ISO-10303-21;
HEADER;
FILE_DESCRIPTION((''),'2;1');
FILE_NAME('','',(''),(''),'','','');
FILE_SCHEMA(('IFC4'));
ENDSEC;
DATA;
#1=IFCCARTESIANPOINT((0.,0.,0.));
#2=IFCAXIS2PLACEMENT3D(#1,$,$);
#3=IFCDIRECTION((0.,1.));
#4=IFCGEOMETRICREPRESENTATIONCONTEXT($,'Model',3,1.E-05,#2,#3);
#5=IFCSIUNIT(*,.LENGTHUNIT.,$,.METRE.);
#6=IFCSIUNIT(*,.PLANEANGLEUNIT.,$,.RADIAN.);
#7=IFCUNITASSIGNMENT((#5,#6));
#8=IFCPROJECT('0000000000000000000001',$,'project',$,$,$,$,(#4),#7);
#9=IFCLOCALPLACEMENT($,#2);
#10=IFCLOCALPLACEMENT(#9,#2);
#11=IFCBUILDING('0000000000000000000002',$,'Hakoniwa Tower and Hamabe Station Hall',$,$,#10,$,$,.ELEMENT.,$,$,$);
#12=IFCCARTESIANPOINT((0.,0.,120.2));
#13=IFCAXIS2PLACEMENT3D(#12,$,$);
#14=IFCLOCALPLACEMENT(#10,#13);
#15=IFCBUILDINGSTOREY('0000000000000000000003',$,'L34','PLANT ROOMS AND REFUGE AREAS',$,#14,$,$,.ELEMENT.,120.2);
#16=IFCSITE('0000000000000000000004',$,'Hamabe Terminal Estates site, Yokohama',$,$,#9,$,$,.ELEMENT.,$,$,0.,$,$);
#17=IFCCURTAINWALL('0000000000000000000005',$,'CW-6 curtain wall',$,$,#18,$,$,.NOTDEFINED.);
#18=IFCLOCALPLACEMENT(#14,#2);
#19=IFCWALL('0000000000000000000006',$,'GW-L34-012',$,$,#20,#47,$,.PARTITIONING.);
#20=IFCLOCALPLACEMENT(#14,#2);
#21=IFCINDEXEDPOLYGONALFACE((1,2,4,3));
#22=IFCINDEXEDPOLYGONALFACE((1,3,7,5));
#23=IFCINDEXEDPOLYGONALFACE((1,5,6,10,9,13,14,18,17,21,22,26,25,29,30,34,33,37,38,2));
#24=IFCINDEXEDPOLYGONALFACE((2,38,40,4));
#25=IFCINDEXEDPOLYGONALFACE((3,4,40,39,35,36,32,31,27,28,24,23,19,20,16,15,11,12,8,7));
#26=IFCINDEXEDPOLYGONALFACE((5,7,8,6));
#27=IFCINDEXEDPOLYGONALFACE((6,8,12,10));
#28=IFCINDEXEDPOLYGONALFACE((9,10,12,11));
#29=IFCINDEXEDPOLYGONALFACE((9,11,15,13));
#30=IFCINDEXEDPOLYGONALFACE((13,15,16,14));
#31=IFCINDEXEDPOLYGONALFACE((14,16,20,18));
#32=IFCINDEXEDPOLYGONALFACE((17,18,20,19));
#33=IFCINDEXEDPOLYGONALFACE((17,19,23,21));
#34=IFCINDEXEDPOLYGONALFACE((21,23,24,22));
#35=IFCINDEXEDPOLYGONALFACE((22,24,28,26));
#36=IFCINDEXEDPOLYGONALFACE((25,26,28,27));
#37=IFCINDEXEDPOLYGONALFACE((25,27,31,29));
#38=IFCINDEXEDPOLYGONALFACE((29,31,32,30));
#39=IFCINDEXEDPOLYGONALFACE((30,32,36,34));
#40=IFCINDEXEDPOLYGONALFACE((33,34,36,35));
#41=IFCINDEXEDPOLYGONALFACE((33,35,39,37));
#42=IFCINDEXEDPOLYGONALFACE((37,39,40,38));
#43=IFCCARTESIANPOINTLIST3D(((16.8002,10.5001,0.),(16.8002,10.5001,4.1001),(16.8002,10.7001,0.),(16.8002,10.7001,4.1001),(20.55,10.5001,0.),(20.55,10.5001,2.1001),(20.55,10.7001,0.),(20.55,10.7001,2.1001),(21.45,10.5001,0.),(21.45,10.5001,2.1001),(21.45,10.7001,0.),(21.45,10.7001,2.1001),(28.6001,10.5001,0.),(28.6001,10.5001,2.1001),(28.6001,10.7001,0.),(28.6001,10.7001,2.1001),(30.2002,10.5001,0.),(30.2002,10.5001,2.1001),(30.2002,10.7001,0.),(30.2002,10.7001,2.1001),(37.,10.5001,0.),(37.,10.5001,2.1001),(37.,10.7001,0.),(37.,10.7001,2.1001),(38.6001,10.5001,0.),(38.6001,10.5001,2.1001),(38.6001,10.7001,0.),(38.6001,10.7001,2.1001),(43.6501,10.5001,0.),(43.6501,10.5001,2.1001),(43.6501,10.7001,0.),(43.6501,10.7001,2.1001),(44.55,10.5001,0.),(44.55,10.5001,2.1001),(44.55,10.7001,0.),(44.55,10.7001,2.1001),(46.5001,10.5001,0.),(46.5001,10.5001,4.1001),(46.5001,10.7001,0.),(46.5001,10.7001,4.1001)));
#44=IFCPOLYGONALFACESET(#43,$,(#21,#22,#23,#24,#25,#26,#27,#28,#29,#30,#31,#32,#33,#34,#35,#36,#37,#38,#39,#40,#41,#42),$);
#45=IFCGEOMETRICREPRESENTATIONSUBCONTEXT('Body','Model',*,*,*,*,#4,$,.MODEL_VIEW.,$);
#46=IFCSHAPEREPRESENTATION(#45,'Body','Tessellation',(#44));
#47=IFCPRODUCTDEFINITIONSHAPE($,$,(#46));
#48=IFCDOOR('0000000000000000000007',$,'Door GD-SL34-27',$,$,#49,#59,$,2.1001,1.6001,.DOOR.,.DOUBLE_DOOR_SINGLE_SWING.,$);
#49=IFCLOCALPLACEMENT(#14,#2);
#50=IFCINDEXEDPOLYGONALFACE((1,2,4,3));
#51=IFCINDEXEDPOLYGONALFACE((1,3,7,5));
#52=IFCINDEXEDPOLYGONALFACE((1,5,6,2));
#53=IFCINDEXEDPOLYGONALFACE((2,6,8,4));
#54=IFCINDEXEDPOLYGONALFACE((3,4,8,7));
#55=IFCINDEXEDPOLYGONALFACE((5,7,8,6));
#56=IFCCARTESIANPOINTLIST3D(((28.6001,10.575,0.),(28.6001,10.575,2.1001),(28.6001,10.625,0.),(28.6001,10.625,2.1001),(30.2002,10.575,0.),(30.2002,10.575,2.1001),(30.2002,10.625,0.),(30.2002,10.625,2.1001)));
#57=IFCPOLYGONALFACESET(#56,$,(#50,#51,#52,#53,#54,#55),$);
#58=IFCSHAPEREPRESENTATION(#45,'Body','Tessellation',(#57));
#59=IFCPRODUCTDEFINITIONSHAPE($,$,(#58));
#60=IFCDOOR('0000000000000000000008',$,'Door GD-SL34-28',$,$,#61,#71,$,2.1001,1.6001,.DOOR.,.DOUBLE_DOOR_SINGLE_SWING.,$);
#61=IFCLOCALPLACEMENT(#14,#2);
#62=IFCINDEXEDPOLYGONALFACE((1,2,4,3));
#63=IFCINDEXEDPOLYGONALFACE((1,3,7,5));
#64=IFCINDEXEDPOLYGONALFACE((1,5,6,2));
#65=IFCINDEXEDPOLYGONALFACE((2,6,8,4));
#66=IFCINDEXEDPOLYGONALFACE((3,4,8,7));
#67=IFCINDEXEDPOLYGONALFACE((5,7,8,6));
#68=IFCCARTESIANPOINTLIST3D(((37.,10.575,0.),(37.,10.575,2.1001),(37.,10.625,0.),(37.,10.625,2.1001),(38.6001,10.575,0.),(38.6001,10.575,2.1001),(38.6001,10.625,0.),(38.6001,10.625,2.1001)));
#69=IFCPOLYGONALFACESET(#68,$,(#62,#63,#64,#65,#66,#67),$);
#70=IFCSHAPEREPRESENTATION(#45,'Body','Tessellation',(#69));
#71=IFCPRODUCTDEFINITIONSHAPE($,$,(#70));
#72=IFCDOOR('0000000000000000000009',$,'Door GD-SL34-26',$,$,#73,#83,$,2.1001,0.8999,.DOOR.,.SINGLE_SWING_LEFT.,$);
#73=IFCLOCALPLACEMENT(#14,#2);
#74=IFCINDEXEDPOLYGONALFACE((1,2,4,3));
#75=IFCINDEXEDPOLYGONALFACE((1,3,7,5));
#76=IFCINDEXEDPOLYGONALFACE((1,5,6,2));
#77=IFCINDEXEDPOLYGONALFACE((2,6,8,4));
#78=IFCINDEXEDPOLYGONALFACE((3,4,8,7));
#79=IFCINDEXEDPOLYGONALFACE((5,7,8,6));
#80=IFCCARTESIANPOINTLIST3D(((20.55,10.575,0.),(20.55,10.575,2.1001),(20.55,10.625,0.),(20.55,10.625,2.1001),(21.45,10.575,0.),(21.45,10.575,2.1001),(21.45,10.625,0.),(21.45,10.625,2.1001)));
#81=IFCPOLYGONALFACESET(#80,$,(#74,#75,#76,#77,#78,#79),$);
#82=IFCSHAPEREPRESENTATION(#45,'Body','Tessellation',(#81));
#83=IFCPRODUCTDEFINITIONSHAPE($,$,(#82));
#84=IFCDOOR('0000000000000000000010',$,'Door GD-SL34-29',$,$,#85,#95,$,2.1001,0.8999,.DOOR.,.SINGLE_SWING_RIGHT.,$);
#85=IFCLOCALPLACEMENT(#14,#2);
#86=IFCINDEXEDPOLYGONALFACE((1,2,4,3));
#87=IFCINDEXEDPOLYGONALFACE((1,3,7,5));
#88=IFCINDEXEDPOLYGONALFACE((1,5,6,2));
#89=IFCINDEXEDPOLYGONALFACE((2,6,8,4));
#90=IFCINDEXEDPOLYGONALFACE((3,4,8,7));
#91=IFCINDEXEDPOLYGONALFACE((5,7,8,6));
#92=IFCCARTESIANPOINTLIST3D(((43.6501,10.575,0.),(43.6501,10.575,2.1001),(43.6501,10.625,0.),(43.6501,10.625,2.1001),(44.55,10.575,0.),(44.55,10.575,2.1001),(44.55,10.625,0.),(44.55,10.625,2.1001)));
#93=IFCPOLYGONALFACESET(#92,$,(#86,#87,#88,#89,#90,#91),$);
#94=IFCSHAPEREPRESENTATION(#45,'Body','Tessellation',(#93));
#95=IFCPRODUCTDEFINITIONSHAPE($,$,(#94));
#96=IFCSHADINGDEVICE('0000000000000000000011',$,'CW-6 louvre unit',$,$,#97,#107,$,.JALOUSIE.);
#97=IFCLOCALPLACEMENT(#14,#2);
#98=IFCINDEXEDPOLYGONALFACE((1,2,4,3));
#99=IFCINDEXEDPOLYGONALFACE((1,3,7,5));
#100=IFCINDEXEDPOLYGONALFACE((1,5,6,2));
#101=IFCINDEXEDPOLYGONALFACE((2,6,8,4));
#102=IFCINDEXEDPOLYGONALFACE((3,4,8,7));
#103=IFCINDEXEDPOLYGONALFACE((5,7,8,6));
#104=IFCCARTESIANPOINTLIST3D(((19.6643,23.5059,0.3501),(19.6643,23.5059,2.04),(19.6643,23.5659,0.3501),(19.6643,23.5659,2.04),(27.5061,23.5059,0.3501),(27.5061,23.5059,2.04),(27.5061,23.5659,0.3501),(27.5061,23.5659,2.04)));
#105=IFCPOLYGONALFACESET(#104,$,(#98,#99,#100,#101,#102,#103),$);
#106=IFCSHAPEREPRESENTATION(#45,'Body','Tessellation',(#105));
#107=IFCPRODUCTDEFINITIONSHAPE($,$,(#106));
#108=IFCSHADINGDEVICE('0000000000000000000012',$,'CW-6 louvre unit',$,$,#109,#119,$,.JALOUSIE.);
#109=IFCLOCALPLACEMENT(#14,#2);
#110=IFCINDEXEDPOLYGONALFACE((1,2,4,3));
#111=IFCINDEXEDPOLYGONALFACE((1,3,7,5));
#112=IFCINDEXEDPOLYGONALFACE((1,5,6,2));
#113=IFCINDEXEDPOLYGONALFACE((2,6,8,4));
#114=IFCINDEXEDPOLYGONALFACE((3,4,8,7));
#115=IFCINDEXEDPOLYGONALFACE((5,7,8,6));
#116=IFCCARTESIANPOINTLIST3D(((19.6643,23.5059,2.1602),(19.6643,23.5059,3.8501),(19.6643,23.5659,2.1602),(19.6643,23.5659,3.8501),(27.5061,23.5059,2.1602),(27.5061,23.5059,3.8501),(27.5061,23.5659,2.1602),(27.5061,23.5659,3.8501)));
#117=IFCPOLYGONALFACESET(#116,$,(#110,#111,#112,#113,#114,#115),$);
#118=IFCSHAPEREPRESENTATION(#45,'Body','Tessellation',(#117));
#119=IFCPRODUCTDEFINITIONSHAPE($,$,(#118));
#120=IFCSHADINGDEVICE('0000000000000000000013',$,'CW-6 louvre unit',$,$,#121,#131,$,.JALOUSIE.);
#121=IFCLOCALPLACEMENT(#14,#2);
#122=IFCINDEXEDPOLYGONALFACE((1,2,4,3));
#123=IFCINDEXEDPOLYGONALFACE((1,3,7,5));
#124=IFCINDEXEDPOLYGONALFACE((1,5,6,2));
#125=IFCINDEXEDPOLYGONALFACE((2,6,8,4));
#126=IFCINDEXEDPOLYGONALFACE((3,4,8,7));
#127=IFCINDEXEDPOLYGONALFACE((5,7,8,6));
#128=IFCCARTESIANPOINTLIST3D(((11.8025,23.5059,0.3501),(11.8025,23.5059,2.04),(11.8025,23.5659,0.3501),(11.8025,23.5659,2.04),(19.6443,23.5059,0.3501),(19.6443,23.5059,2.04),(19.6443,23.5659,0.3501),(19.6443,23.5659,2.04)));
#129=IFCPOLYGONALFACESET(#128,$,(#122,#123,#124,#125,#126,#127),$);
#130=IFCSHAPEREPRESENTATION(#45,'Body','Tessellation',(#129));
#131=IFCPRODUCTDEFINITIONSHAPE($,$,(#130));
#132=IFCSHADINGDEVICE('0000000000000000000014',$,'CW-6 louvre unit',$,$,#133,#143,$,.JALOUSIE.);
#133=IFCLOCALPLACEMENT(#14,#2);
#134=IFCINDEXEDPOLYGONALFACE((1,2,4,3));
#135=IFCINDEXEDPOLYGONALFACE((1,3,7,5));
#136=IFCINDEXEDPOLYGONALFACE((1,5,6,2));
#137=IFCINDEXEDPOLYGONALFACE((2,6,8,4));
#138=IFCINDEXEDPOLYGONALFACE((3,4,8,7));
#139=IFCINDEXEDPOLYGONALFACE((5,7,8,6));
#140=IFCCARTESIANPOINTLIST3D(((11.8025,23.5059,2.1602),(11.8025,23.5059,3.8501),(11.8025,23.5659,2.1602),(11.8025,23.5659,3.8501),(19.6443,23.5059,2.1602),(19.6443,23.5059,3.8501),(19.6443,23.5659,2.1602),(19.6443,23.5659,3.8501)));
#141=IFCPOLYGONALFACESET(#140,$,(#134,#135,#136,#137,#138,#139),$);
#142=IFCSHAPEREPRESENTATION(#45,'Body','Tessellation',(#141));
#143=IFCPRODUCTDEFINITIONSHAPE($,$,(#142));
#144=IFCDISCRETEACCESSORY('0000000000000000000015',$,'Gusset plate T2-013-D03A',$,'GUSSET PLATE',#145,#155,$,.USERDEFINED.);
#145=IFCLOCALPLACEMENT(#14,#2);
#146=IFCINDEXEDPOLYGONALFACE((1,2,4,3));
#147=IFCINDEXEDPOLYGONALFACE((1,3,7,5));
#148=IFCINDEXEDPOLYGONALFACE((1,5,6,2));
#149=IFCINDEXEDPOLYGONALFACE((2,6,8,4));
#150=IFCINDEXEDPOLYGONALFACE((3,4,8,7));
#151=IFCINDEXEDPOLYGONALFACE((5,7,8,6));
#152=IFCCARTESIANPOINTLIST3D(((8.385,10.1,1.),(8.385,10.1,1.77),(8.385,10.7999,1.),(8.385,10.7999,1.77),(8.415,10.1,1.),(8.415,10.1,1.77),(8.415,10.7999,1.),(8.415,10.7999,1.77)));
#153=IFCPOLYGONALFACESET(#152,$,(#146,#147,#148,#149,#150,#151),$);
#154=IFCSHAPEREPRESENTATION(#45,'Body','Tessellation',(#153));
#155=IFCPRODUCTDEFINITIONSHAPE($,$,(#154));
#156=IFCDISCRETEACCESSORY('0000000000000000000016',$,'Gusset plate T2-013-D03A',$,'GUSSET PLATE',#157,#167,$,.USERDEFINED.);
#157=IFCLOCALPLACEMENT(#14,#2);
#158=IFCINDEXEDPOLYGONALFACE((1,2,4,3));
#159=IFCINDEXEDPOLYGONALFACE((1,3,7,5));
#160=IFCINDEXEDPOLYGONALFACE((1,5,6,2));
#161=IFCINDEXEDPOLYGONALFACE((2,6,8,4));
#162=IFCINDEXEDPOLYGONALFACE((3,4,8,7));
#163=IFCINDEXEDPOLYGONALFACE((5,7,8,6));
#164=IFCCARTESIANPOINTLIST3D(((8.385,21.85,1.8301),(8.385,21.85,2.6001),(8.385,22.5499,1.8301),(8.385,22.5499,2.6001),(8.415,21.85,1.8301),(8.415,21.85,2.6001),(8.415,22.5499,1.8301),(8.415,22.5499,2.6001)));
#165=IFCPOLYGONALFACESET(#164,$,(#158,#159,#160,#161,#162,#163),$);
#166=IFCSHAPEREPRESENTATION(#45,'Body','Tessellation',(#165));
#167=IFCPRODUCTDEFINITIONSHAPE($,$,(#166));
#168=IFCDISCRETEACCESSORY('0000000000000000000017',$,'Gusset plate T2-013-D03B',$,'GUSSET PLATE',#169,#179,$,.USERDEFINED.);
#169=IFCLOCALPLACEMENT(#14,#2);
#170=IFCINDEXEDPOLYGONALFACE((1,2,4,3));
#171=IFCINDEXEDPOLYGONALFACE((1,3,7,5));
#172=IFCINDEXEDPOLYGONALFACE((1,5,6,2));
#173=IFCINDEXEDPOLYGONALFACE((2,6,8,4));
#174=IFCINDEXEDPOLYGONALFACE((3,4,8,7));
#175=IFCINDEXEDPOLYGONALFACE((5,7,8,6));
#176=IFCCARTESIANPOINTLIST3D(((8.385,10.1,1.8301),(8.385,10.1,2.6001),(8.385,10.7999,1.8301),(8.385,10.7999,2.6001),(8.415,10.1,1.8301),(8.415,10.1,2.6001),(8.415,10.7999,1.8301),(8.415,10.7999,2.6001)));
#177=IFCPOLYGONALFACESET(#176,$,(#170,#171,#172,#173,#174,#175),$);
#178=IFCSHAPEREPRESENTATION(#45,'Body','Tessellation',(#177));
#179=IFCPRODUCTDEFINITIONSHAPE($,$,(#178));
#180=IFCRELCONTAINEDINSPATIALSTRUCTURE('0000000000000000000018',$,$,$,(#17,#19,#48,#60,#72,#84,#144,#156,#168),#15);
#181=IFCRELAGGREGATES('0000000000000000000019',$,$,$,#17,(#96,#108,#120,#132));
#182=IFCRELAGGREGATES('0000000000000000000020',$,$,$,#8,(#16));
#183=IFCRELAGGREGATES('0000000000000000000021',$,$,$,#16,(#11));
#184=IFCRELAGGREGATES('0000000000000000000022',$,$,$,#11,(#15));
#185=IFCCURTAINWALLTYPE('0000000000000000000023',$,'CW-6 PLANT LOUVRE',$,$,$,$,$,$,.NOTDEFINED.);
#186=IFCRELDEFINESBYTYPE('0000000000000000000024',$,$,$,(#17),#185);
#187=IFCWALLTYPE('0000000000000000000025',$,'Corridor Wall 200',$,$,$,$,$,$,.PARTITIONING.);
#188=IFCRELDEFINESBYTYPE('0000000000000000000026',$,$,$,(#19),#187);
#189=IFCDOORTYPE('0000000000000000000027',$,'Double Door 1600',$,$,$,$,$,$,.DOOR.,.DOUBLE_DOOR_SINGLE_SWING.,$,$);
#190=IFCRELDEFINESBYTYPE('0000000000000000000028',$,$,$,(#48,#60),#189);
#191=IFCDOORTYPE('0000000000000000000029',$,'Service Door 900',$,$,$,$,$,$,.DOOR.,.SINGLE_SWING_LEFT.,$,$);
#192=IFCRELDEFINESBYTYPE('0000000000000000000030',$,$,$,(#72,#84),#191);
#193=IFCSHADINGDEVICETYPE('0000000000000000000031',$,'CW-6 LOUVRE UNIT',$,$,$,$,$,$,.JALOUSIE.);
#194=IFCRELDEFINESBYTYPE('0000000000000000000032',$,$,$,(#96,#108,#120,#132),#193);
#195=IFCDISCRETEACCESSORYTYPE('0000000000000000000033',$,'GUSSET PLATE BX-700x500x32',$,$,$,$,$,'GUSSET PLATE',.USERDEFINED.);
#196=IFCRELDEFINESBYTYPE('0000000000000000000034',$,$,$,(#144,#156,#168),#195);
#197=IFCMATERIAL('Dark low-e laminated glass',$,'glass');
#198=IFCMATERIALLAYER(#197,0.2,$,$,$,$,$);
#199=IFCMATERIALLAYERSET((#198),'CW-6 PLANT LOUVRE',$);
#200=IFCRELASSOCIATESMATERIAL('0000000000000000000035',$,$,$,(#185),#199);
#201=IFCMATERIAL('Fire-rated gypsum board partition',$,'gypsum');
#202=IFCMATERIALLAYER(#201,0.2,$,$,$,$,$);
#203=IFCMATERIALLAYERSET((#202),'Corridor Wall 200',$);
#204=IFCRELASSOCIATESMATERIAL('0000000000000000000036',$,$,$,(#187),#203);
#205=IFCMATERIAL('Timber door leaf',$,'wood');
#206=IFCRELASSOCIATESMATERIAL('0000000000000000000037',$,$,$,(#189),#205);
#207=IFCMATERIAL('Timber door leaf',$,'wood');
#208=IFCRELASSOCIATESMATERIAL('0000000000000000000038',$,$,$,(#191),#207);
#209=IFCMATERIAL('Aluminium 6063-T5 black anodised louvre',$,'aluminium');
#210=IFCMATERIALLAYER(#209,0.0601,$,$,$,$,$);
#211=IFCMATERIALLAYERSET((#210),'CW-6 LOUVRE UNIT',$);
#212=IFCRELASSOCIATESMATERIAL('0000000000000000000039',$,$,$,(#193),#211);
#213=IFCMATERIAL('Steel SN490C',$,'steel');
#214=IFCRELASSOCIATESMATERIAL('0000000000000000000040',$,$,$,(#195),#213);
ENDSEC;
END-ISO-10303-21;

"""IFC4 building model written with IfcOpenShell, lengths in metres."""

from ifc_helpers import new_model, si_unit, direction, frame, frame_2d, origin, origin_2d, place, context, subcontext, project, spatial, rectangle, extrude, material, layer, layer_set, material_profile, profile_set, type_object, element, fill, aggregate, save


model = new_model("IFC4")

# Units and contexts
model_context = context("Model", 3, precision=1e-05, world=origin(), true_north=direction((0.0, 1.0)))
body_context = subcontext(model_context, "Body", "Model", "MODEL_VIEW")
ifc_project = project(units=[si_unit("LENGTHUNIT", "METRE"), si_unit("PLANEANGLEUNIT", "RADIAN")], contexts=[model_context])

# Site, building, storey
site_placement = place(None, origin())
site = spatial("IfcSite", under=ifc_project, at=site_placement, Name="Hamabe Terminal Estates site, Yokohama", CompositionType="ELEMENT", RefElevation=0.0)
building_placement = place(site_placement, origin())
building = spatial("IfcBuilding", under=site, at=building_placement, Name="Hakoniwa Tower and Hamabe Station Hall", CompositionType="ELEMENT")
storey_placement = place(building_placement, frame((0.0, 0.0, 120.2)))
storey = spatial("IfcBuildingStorey", under=building, at=storey_placement, Name="L34", Description="PLANT ROOMS AND REFUGE AREAS", CompositionType="ELEMENT", Elevation=120.2)

# Curtain wall
ifc_material_1 = material(Name="Dark low-e laminated glass", Category="glass")
ifc_layer_1 = layer(ifc_material_1, 0.2)
ifc_layer_set_1 = layer_set([ifc_layer_1], Name="CW-6 PLANT LOUVRE")
curtain_wall_type = type_object("IfcCurtainWallType", Name="CW-6 PLANT LOUVRE", PredefinedType="NOTDEFINED", material=ifc_layer_set_1)
curtain_wall_placement = place(storey_placement, origin())
curtain_wall = element("IfcCurtainWall", 1, at=curtain_wall_placement, inside=storey, type_object=curtain_wall_type, Name="CW-6 curtain wall", PredefinedType="NOTDEFINED")

# Wall, openings, doors
ifc_material_2 = material(Name="Fire-rated gypsum board partition", Category="gypsum")
ifc_layer_2 = layer(ifc_material_2, 0.2)
ifc_layer_set_2 = layer_set([ifc_layer_2], Name="Corridor Wall 200")
wall_type = type_object("IfcWallType", Name="Corridor Wall 200", PredefinedType="PARTITIONING", material=ifc_layer_set_2)
wall_placement = place(storey_placement, frame((16.8, 10.6001, 0.0), z_axis=(0.0, 0.0, 1.0), x_axis=(1.0, 0.0, 0.0)))
wall = element("IfcWall", 2, at=wall_placement, inside=storey, type_object=wall_type, Name="GW-L34-012", PredefinedType="PARTITIONING", context=body_context, shape_type="SweptSolid", body=[
    extrude(rectangle(XDim=29.7, YDim=0.2, at=frame_2d((14.8501, 0.0))), origin(), (0.0, 0.0, 1.0), 4.1001),
])
opening_1_placement = place(wall_placement, frame((3.75, 0.0, 0.0)))
opening_1 = element("IfcOpeningElement", 3, at=opening_1_placement, cuts=wall, PredefinedType="OPENING", context=body_context, shape_type="SweptSolid", body=[
    extrude(rectangle(XDim=0.8999, YDim=2.1001, at=frame_2d((0.45, 1.05))), frame((0.0, 0.1099, 0.0), z_axis=(0.0, -1.0, 0.0), x_axis=(1.0, 0.0, 0.0)), (0.0, 0.0, 1.0), 0.22),
])
opening_2_placement = place(wall_placement, frame((11.8, 0.0, 0.0)))
opening_2 = element("IfcOpeningElement", 4, at=opening_2_placement, cuts=wall, PredefinedType="OPENING", context=body_context, shape_type="SweptSolid", body=[
    extrude(rectangle(XDim=1.6001, YDim=2.1001, at=frame_2d((0.8, 1.05))), frame((0.0, 0.1099, 0.0), z_axis=(0.0, -1.0, 0.0), x_axis=(1.0, 0.0, 0.0)), (0.0, 0.0, 1.0), 0.22),
])
opening_3_placement = place(wall_placement, frame((20.2, 0.0, 0.0)))
opening_3 = element("IfcOpeningElement", 5, at=opening_3_placement, cuts=wall, PredefinedType="OPENING", context=body_context, shape_type="SweptSolid", body=[
    extrude(rectangle(XDim=1.6001, YDim=2.1001, at=frame_2d((0.8, 1.05))), frame((0.0, 0.1099, 0.0), z_axis=(0.0, -1.0, 0.0), x_axis=(1.0, 0.0, 0.0)), (0.0, 0.0, 1.0), 0.22),
])
opening_4_placement = place(wall_placement, frame((26.8501, 0.0, 0.0)))
opening_4 = element("IfcOpeningElement", 6, at=opening_4_placement, cuts=wall, PredefinedType="OPENING", context=body_context, shape_type="SweptSolid", body=[
    extrude(rectangle(XDim=0.8999, YDim=2.1001, at=frame_2d((0.45, 1.05))), frame((0.0, 0.1099, 0.0), z_axis=(0.0, -1.0, 0.0), x_axis=(1.0, 0.0, 0.0)), (0.0, 0.0, 1.0), 0.22),
])
ifc_material_3 = material(Name="Timber door leaf", Category="wood")
door_type_1 = type_object("IfcDoorType", Name="Double Door 1600", OperationType="DOUBLE_DOOR_SINGLE_SWING", PredefinedType="DOOR", material=ifc_material_3)
door_1_placement = place(opening_2_placement, origin())
door_1 = element("IfcDoor", 7, at=door_1_placement, inside=storey, type_object=door_type_1, Name="Door GD-SL34-27", OperationType="DOUBLE_DOOR_SINGLE_SWING", OverallHeight=2.1001, OverallWidth=1.6001, PredefinedType="DOOR", context=body_context, shape_type="SweptSolid", body=[
    extrude(rectangle(XDim=1.6001, YDim=2.1001, at=frame_2d((0.8, 1.05))), frame((0.0, 0.0249, 0.0), z_axis=(0.0, -1.0, 0.0), x_axis=(1.0, 0.0, 0.0)), (0.0, 0.0, 1.0), 0.05),
])
fill(opening_2, door_1)
door_2_placement = place(opening_3_placement, origin())
door_2 = element("IfcDoor", 8, at=door_2_placement, inside=storey, type_object=door_type_1, Name="Door GD-SL34-28", OperationType="DOUBLE_DOOR_SINGLE_SWING", OverallHeight=2.1001, OverallWidth=1.6001, PredefinedType="DOOR", context=body_context, shape_type="SweptSolid", body=[
    extrude(rectangle(XDim=1.6001, YDim=2.1001, at=frame_2d((0.8, 1.05))), frame((0.0, 0.0249, 0.0), z_axis=(0.0, -1.0, 0.0), x_axis=(1.0, 0.0, 0.0)), (0.0, 0.0, 1.0), 0.05),
])
fill(opening_3, door_2)
ifc_material_4 = material(Name="Timber door leaf", Category="wood")
door_type_2 = type_object("IfcDoorType", Name="Service Door 900", OperationType="SINGLE_SWING_LEFT", PredefinedType="DOOR", material=ifc_material_4)
door_3_placement = place(opening_1_placement, origin())
door_3 = element("IfcDoor", 9, at=door_3_placement, inside=storey, type_object=door_type_2, Name="Door GD-SL34-26", OperationType="SINGLE_SWING_LEFT", OverallHeight=2.1001, OverallWidth=0.8999, PredefinedType="DOOR", context=body_context, shape_type="SweptSolid", body=[
    extrude(rectangle(XDim=0.8999, YDim=2.1001, at=frame_2d((0.45, 1.05))), frame((0.0, 0.0249, 0.0), z_axis=(0.0, -1.0, 0.0), x_axis=(1.0, 0.0, 0.0)), (0.0, 0.0, 1.0), 0.05),
])
fill(opening_1, door_3)
door_4_placement = place(opening_4_placement, origin())
door_4 = element("IfcDoor", 10, at=door_4_placement, inside=storey, type_object=door_type_2, Name="Door GD-SL34-29", OperationType="SINGLE_SWING_RIGHT", OverallHeight=2.1001, OverallWidth=0.8999, PredefinedType="DOOR", context=body_context, shape_type="SweptSolid", body=[
    extrude(rectangle(XDim=0.8999, YDim=2.1001, at=frame_2d((0.45, 1.05))), frame((0.0, 0.0249, 0.0), z_axis=(0.0, -1.0, 0.0), x_axis=(1.0, 0.0, 0.0)), (0.0, 0.0, 1.0), 0.05),
])
fill(opening_4, door_4)

# Shading devices
ifc_material_5 = material(Name="Aluminium 6063-T5 black anodised louvre", Category="aluminium")
ifc_layer_3 = layer(ifc_material_5, 0.0601)
ifc_layer_set_3 = layer_set([ifc_layer_3], Name="CW-6 LOUVRE UNIT")
shading_device_type = type_object("IfcShadingDeviceType", Name="CW-6 LOUVRE UNIT", PredefinedType="JALOUSIE", material=ifc_layer_set_3)
shading_device_1_placement = place(storey_placement, frame((23.5852, 23.5359, 0.3501), z_axis=(0.0, 0.0, 1.0), x_axis=(-1.0, 0.0, 0.0)))
shading_device_1 = element("IfcShadingDevice", 11, at=shading_device_1_placement, type_object=shading_device_type, Name="CW-6 louvre unit", PredefinedType="JALOUSIE", context=body_context, shape_type="SweptSolid", body=[
    extrude(rectangle(XDim=7.8418, YDim=0.0601, at=origin_2d()), origin(), (0.0, 0.0, 1.0), 1.6899),
])
shading_device_2_placement = place(storey_placement, frame((23.5852, 23.5359, 2.1602), z_axis=(0.0, 0.0, 1.0), x_axis=(-1.0, 0.0, 0.0)))
shading_device_2 = element("IfcShadingDevice", 12, at=shading_device_2_placement, type_object=shading_device_type, Name="CW-6 louvre unit", PredefinedType="JALOUSIE", context=body_context, shape_type="SweptSolid", body=[
    extrude(rectangle(XDim=7.8418, YDim=0.0601, at=origin_2d()), origin(), (0.0, 0.0, 1.0), 1.6899),
])
shading_device_3_placement = place(storey_placement, frame((15.7234, 23.5359, 0.3501), z_axis=(0.0, 0.0, 1.0), x_axis=(-1.0, 0.0, 0.0)))
shading_device_3 = element("IfcShadingDevice", 13, at=shading_device_3_placement, type_object=shading_device_type, Name="CW-6 louvre unit", PredefinedType="JALOUSIE", context=body_context, shape_type="SweptSolid", body=[
    extrude(rectangle(XDim=7.8418, YDim=0.0601, at=origin_2d()), origin(), (0.0, 0.0, 1.0), 1.6899),
])
shading_device_4_placement = place(storey_placement, frame((15.7234, 23.5359, 2.1602), z_axis=(0.0, 0.0, 1.0), x_axis=(-1.0, 0.0, 0.0)))
shading_device_4 = element("IfcShadingDevice", 14, at=shading_device_4_placement, type_object=shading_device_type, Name="CW-6 louvre unit", PredefinedType="JALOUSIE", context=body_context, shape_type="SweptSolid", body=[
    extrude(rectangle(XDim=7.8418, YDim=0.0601, at=origin_2d()), origin(), (0.0, 0.0, 1.0), 1.6899),
])
aggregate(curtain_wall, [shading_device_1, shading_device_2, shading_device_3, shading_device_4])

# Discrete accessories
ifc_material_6 = material(Name="Steel SN490C", Category="steel")
ifc_material_profile_1 = material_profile(ifc_material_6, rectangle(XDim=0.7, YDim=0.77, at=origin_2d()), Name="GUSSET PLATE BX-700x500x32")
ifc_profile_set_1 = profile_set([ifc_material_profile_1], Name="Steel SN490C")
discrete_accessory_type = type_object("IfcDiscreteAccessoryType", Name="GUSSET PLATE BX-700x500x32", ElementType="GUSSET PLATE", PredefinedType="USERDEFINED", material=ifc_profile_set_1)
for number, where, z_axis, x_axis, name in (
    (15, (8.415, 10.45, 1.385), (-1.0, 0.0, 0.0), (0.0, -1.0, 0.0), "Gusset plate T2-013-D03A"),
    (16, (8.415, 22.2, 2.2151), (-1.0, 0.0, 0.0), (0.0, -1.0, 0.0), "Gusset plate T2-013-D03A"),
    (17, (8.415, 10.45, 2.2151), (-1.0, 0.0, 0.0), (0.0, -1.0, 0.0), "Gusset plate T2-013-D03B"),
):
    element("IfcDiscreteAccessory", number, at=place(storey_placement, frame(where, z_axis=z_axis, x_axis=x_axis)), inside=storey, type_object=discrete_accessory_type, Name=name, ObjectType="GUSSET PLATE", PredefinedType="USERDEFINED", context=body_context, shape_type="SweptSolid", body=[
        extrude(rectangle(XDim=0.7, YDim=0.77, at=origin_2d()), origin(), (0.0, 0.0, 1.0), 0.03),
    ])

save(model, "model.ifc")
